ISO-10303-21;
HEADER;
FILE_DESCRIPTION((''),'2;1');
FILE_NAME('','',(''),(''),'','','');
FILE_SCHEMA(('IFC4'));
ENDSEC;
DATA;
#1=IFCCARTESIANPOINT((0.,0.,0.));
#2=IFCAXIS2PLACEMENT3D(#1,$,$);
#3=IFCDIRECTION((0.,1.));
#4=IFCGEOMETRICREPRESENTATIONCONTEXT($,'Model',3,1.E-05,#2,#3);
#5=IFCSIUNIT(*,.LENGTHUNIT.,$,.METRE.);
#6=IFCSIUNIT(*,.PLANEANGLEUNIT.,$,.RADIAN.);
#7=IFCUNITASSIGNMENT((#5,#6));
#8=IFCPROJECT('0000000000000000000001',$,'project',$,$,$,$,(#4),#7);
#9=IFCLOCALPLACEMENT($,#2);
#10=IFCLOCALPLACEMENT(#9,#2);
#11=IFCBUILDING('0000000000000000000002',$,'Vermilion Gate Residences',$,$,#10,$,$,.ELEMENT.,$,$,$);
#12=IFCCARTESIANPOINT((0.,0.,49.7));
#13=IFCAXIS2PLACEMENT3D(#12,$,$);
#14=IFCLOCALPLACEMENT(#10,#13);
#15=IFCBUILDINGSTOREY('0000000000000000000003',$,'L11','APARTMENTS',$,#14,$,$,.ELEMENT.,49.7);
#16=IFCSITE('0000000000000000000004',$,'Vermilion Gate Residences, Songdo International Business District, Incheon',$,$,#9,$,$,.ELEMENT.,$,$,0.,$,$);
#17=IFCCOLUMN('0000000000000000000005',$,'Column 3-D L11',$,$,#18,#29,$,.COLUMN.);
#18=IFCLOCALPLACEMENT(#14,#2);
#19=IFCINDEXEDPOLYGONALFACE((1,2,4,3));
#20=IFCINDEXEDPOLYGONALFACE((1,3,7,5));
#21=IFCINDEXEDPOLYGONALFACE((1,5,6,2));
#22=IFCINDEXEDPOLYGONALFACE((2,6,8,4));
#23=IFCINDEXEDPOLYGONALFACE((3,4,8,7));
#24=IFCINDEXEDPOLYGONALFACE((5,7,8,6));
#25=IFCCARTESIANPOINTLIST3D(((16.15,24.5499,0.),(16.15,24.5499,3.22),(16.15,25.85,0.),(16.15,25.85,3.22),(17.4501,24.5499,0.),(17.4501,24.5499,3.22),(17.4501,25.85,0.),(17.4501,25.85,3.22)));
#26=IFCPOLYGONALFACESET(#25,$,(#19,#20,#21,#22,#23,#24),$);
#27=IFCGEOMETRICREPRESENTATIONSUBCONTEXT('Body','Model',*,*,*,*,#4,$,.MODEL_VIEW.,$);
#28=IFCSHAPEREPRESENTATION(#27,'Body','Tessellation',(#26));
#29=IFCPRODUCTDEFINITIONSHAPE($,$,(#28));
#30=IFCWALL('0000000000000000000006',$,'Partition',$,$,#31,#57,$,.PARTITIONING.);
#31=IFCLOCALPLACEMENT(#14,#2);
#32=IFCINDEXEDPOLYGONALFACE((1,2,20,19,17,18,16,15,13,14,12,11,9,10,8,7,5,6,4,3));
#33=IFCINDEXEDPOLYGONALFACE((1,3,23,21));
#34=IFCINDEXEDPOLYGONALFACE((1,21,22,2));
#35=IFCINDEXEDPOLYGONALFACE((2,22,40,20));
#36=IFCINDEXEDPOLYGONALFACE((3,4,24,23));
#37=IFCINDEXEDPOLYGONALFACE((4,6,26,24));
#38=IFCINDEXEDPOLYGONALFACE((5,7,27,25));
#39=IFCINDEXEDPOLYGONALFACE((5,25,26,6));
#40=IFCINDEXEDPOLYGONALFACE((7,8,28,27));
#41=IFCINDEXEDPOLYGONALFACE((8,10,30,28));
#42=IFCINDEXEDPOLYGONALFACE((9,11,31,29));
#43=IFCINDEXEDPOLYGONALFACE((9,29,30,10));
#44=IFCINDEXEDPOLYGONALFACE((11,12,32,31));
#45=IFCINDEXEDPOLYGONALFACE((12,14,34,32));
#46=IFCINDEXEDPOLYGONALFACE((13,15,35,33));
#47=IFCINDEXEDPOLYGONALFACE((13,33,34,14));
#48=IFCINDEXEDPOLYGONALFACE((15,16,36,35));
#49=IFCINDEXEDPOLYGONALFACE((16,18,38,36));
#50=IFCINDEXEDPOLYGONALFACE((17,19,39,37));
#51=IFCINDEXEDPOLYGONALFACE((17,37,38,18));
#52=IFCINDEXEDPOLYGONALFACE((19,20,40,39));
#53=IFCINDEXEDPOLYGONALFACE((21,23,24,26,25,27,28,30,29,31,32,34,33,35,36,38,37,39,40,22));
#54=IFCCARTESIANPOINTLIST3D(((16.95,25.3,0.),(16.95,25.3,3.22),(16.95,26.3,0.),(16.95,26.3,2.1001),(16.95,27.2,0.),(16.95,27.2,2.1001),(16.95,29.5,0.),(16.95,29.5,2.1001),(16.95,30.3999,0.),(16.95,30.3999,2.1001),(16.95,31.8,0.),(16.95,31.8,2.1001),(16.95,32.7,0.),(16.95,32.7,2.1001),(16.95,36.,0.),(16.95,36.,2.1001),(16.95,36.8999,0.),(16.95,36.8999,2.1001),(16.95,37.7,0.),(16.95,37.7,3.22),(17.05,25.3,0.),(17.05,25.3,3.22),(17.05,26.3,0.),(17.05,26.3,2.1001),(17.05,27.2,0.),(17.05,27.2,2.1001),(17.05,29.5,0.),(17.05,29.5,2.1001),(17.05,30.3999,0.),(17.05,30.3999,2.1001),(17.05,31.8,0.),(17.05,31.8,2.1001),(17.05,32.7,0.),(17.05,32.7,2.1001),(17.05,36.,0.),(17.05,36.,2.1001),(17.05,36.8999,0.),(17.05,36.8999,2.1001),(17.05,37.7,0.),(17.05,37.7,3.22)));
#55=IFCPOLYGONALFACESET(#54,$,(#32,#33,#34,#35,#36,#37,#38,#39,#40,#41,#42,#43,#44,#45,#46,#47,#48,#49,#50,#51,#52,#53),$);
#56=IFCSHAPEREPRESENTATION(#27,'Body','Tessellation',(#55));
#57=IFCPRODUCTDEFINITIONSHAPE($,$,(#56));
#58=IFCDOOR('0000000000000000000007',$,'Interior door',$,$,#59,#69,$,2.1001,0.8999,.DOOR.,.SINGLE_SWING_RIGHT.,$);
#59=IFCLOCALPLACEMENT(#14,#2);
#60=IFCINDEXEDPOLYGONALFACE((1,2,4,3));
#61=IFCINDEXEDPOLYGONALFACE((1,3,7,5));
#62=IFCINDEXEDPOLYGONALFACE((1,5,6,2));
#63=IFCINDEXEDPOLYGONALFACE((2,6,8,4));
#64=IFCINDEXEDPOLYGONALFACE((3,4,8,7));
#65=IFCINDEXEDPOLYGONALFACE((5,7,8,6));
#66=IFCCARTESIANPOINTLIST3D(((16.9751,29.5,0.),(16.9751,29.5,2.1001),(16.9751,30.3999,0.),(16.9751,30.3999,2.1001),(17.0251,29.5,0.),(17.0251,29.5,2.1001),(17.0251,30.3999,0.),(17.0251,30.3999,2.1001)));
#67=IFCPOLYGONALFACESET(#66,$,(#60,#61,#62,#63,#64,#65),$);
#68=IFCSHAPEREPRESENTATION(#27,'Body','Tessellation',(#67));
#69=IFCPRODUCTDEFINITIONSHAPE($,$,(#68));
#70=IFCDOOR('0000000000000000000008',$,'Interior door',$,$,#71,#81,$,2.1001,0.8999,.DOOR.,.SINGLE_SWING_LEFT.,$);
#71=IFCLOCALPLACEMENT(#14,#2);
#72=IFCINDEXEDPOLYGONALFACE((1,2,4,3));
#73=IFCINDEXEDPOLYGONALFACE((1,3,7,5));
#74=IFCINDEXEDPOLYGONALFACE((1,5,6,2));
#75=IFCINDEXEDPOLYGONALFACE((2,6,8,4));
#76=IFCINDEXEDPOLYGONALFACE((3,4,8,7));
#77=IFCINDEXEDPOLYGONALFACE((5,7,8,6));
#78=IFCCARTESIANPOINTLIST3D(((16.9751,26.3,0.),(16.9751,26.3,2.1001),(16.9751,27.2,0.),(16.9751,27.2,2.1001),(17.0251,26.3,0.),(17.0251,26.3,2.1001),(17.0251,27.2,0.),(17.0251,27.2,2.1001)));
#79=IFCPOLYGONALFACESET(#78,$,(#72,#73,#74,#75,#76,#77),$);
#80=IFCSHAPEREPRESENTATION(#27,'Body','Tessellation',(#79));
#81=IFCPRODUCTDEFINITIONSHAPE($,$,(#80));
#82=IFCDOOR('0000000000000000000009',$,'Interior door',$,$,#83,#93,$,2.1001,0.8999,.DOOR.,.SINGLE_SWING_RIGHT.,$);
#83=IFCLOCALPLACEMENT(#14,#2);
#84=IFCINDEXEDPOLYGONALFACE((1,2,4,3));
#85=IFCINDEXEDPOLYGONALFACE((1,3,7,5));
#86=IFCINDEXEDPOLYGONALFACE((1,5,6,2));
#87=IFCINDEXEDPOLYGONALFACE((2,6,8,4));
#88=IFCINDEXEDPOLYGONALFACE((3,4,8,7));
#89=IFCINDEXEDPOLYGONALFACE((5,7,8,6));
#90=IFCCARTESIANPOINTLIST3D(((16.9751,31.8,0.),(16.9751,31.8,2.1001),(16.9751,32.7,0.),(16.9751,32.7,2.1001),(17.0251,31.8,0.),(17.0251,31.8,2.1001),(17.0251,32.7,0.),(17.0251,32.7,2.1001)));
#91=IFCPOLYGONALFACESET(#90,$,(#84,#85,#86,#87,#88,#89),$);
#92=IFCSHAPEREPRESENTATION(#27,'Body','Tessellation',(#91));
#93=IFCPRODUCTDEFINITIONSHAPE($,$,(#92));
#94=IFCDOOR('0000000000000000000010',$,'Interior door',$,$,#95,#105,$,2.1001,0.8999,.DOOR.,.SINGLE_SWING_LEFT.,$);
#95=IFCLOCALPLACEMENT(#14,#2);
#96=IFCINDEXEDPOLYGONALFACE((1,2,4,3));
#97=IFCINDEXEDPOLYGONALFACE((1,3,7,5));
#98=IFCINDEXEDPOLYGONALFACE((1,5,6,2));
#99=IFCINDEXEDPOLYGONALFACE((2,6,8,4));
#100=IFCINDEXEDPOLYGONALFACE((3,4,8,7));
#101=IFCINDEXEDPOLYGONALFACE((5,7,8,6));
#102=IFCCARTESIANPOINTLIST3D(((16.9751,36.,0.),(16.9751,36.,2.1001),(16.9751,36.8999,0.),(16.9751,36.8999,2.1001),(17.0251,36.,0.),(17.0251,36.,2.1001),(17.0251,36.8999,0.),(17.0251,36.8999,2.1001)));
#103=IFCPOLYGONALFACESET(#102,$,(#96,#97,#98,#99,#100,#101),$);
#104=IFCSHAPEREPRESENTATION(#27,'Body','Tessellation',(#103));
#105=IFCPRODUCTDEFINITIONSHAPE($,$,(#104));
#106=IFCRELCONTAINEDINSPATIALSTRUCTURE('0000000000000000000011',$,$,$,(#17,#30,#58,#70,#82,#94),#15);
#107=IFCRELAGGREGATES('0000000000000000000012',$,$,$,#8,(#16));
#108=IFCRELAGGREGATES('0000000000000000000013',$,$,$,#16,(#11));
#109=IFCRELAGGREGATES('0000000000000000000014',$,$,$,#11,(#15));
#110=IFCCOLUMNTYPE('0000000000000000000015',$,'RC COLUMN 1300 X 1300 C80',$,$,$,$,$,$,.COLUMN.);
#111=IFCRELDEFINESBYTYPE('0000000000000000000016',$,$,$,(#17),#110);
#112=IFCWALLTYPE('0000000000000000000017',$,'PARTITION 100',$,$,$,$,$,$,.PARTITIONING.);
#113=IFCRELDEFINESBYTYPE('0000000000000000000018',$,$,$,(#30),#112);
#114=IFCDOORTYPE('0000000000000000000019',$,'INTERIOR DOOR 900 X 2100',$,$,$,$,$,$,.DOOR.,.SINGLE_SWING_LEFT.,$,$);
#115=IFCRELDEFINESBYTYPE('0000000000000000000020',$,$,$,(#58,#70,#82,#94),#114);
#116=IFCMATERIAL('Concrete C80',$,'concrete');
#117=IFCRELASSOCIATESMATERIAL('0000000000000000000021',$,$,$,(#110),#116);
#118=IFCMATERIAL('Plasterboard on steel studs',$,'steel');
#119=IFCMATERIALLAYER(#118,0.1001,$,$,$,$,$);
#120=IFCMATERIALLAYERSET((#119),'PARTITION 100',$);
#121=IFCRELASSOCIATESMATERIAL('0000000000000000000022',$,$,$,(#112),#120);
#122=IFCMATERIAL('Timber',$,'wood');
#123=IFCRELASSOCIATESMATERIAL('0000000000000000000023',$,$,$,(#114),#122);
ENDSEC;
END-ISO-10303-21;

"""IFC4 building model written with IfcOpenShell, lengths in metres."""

from ifc_helpers import new_model, si_unit, direction, frame, frame_2d, origin, origin_2d, place, context, subcontext, project, spatial, rectangle, extrude, material, layer, layer_set, material_profile, profile_set, type_object, element, fill, save


model = new_model("IFC4")

# Units and contexts
model_context = context("Model", 3, precision=1e-05, world=origin(), true_north=direction((0.0, 1.0)))
body_context = subcontext(model_context, "Body", "Model", "MODEL_VIEW")
ifc_project = project(units=[si_unit("LENGTHUNIT", "METRE"), si_unit("PLANEANGLEUNIT", "RADIAN")], contexts=[model_context])

# Site, building, storey
site_placement = place(None, origin())
site = spatial("IfcSite", under=ifc_project, at=site_placement, Name="Vermilion Gate Residences, Songdo International Business District, Incheon", CompositionType="ELEMENT", RefElevation=0.0)
building_placement = place(site_placement, origin())
building = spatial("IfcBuilding", under=site, at=building_placement, Name="Vermilion Gate Residences", CompositionType="ELEMENT")
storey_placement = place(building_placement, frame((0.0, 0.0, 49.7)))
storey = spatial("IfcBuildingStorey", under=building, at=storey_placement, Name="L11", Description="APARTMENTS", CompositionType="ELEMENT", Elevation=49.7)

# Column
ifc_material_1 = material(Name="Concrete C80", Category="concrete")
ifc_material_profile = material_profile(ifc_material_1, rectangle(XDim=1.3, YDim=1.3, at=origin_2d()), Name="RC-1300x1300")
ifc_profile_set = profile_set([ifc_material_profile], Name="Concrete C80")
column_type = type_object("IfcColumnType", Name="RC COLUMN 1300 X 1300 C80", PredefinedType="COLUMN", material=ifc_profile_set)
column_placement = place(storey_placement, frame((16.8, 25.2, 0.0), z_axis=(0.0, 0.0, 1.0), x_axis=(1.0, 0.0, 0.0)))
element("IfcColumn", 1, at=column_placement, inside=storey, type_object=column_type, Name="Column 3-D L11", PredefinedType="COLUMN", context=body_context, shape_type="SweptSolid", body=[
    extrude(rectangle(XDim=1.3, YDim=1.3, at=origin_2d()), origin(), (0.0, 0.0, 1.0), 3.22),
])

# Wall, openings, doors
ifc_material_2 = material(Name="Plasterboard on steel studs", Category="steel")
ifc_layer_1 = layer(ifc_material_2, 0.1001)
ifc_layer_set_1 = layer_set([ifc_layer_1], Name="PARTITION 100")
wall_type_1 = type_object("IfcWallType", Name="PARTITION 100", PredefinedType="PARTITIONING", material=ifc_layer_set_1)
wall_1_placement = place(storey_placement, frame((17.0, 25.3, 0.0), z_axis=(0.0, 0.0, 1.0), x_axis=(0.0, 1.0, 0.0)))
wall_1 = element("IfcWall", 2, at=wall_1_placement, inside=storey, type_object=wall_type_1, Name="Partition", PredefinedType="PARTITIONING", context=body_context, shape_type="SweptSolid", body=[
    extrude(rectangle(XDim=12.3999, YDim=0.1001, at=frame_2d((6.2, 0.0))), origin(), (0.0, 0.0, 1.0), 3.22),
])
opening_1_placement = place(wall_1_placement, frame((4.2, 0.0, 0.0)))
opening_1 = element("IfcOpeningElement", 3, at=opening_1_placement, cuts=wall_1, PredefinedType="OPENING", context=body_context, shape_type="SweptSolid", body=[
    extrude(rectangle(XDim=0.8999, YDim=2.1001, at=frame_2d((0.45, 1.05))), frame((0.0, 0.0601, 0.0), z_axis=(0.0, -1.0, 0.0), x_axis=(1.0, 0.0, 0.0)), (0.0, 0.0, 1.0), 0.1201),
])
opening_2_placement = place(wall_1_placement, frame((1.0, 0.0, 0.0)))
opening_2 = element("IfcOpeningElement", 4, at=opening_2_placement, cuts=wall_1, PredefinedType="OPENING", context=body_context, shape_type="SweptSolid", body=[
    extrude(rectangle(XDim=0.8999, YDim=2.1001, at=frame_2d((0.45, 1.05))), frame((0.0, 0.0601, 0.0), z_axis=(0.0, -1.0, 0.0), x_axis=(1.0, 0.0, 0.0)), (0.0, 0.0, 1.0), 0.1201),
])
opening_3_placement = place(wall_1_placement, frame((6.5, 0.0, 0.0)))
opening_3 = element("IfcOpeningElement", 5, at=opening_3_placement, cuts=wall_1, PredefinedType="OPENING", context=body_context, shape_type="SweptSolid", body=[
    extrude(rectangle(XDim=0.8999, YDim=2.1001, at=frame_2d((0.45, 1.05))), frame((0.0, 0.0601, 0.0), z_axis=(0.0, -1.0, 0.0), x_axis=(1.0, 0.0, 0.0)), (0.0, 0.0, 1.0), 0.1201),
])
opening_4_placement = place(wall_1_placement, frame((10.7, 0.0, 0.0)))
opening_4 = element("IfcOpeningElement", 6, at=opening_4_placement, cuts=wall_1, PredefinedType="OPENING", context=body_context, shape_type="SweptSolid", body=[
    extrude(rectangle(XDim=0.8999, YDim=2.1001, at=frame_2d((0.45, 1.05))), frame((0.0, 0.0601, 0.0), z_axis=(0.0, -1.0, 0.0), x_axis=(1.0, 0.0, 0.0)), (0.0, 0.0, 1.0), 0.1201),
])
ifc_material_3 = material(Name="Timber", Category="wood")
door_type_1 = type_object("IfcDoorType", Name="INTERIOR DOOR 900 X 2100", OperationType="SINGLE_SWING_LEFT", PredefinedType="DOOR", material=ifc_material_3)
door_1_placement = place(opening_1_placement, origin())
door_1 = element("IfcDoor", 7, at=door_1_placement, inside=storey, type_object=door_type_1, Name="Interior door", OperationType="SINGLE_SWING_RIGHT", OverallHeight=2.1001, OverallWidth=0.8999, PredefinedType="DOOR", context=body_context, shape_type="SweptSolid", body=[
    extrude(rectangle(XDim=0.8999, YDim=2.1001, at=frame_2d((0.45, 1.05))), frame((0.0, 0.0249, 0.0), z_axis=(0.0, -1.0, 0.0), x_axis=(1.0, 0.0, 0.0)), (0.0, 0.0, 1.0), 0.05),
])
fill(opening_1, door_1)
door_2_placement = place(opening_2_placement, origin())
door_2 = element("IfcDoor", 8, at=door_2_placement, inside=storey, type_object=door_type_1, Name="Interior door", OperationType="SINGLE_SWING_LEFT", OverallHeight=2.1001, OverallWidth=0.8999, PredefinedType="DOOR", context=body_context, shape_type="SweptSolid", body=[
    extrude(rectangle(XDim=0.8999, YDim=2.1001, at=frame_2d((0.45, 1.05))), frame((0.0, 0.0249, 0.0), z_axis=(0.0, -1.0, 0.0), x_axis=(1.0, 0.0, 0.0)), (0.0, 0.0, 1.0), 0.05),
])
fill(opening_2, door_2)
door_3_placement = place(opening_3_placement, origin())
door_3 = element("IfcDoor", 9, at=door_3_placement, inside=storey, type_object=door_type_1, Name="Interior door", OperationType="SINGLE_SWING_RIGHT", OverallHeight=2.1001, OverallWidth=0.8999, PredefinedType="DOOR", context=body_context, shape_type="SweptSolid", body=[
    extrude(rectangle(XDim=0.8999, YDim=2.1001, at=frame_2d((0.45, 1.05))), frame((0.0, 0.0249, 0.0), z_axis=(0.0, -1.0, 0.0), x_axis=(1.0, 0.0, 0.0)), (0.0, 0.0, 1.0), 0.05),
])
fill(opening_3, door_3)
door_4_placement = place(opening_4_placement, origin())
door_4 = element("IfcDoor", 10, at=door_4_placement, inside=storey, type_object=door_type_1, Name="Interior door", OperationType="SINGLE_SWING_LEFT", OverallHeight=2.1001, OverallWidth=0.8999, PredefinedType="DOOR", context=body_context, shape_type="SweptSolid", body=[
    extrude(rectangle(XDim=0.8999, YDim=2.1001, at=frame_2d((0.45, 1.05))), frame((0.0, 0.0249, 0.0), z_axis=(0.0, -1.0, 0.0), x_axis=(1.0, 0.0, 0.0)), (0.0, 0.0, 1.0), 0.05),
])
fill(opening_4, door_4)

save(model, "model.ifc")
